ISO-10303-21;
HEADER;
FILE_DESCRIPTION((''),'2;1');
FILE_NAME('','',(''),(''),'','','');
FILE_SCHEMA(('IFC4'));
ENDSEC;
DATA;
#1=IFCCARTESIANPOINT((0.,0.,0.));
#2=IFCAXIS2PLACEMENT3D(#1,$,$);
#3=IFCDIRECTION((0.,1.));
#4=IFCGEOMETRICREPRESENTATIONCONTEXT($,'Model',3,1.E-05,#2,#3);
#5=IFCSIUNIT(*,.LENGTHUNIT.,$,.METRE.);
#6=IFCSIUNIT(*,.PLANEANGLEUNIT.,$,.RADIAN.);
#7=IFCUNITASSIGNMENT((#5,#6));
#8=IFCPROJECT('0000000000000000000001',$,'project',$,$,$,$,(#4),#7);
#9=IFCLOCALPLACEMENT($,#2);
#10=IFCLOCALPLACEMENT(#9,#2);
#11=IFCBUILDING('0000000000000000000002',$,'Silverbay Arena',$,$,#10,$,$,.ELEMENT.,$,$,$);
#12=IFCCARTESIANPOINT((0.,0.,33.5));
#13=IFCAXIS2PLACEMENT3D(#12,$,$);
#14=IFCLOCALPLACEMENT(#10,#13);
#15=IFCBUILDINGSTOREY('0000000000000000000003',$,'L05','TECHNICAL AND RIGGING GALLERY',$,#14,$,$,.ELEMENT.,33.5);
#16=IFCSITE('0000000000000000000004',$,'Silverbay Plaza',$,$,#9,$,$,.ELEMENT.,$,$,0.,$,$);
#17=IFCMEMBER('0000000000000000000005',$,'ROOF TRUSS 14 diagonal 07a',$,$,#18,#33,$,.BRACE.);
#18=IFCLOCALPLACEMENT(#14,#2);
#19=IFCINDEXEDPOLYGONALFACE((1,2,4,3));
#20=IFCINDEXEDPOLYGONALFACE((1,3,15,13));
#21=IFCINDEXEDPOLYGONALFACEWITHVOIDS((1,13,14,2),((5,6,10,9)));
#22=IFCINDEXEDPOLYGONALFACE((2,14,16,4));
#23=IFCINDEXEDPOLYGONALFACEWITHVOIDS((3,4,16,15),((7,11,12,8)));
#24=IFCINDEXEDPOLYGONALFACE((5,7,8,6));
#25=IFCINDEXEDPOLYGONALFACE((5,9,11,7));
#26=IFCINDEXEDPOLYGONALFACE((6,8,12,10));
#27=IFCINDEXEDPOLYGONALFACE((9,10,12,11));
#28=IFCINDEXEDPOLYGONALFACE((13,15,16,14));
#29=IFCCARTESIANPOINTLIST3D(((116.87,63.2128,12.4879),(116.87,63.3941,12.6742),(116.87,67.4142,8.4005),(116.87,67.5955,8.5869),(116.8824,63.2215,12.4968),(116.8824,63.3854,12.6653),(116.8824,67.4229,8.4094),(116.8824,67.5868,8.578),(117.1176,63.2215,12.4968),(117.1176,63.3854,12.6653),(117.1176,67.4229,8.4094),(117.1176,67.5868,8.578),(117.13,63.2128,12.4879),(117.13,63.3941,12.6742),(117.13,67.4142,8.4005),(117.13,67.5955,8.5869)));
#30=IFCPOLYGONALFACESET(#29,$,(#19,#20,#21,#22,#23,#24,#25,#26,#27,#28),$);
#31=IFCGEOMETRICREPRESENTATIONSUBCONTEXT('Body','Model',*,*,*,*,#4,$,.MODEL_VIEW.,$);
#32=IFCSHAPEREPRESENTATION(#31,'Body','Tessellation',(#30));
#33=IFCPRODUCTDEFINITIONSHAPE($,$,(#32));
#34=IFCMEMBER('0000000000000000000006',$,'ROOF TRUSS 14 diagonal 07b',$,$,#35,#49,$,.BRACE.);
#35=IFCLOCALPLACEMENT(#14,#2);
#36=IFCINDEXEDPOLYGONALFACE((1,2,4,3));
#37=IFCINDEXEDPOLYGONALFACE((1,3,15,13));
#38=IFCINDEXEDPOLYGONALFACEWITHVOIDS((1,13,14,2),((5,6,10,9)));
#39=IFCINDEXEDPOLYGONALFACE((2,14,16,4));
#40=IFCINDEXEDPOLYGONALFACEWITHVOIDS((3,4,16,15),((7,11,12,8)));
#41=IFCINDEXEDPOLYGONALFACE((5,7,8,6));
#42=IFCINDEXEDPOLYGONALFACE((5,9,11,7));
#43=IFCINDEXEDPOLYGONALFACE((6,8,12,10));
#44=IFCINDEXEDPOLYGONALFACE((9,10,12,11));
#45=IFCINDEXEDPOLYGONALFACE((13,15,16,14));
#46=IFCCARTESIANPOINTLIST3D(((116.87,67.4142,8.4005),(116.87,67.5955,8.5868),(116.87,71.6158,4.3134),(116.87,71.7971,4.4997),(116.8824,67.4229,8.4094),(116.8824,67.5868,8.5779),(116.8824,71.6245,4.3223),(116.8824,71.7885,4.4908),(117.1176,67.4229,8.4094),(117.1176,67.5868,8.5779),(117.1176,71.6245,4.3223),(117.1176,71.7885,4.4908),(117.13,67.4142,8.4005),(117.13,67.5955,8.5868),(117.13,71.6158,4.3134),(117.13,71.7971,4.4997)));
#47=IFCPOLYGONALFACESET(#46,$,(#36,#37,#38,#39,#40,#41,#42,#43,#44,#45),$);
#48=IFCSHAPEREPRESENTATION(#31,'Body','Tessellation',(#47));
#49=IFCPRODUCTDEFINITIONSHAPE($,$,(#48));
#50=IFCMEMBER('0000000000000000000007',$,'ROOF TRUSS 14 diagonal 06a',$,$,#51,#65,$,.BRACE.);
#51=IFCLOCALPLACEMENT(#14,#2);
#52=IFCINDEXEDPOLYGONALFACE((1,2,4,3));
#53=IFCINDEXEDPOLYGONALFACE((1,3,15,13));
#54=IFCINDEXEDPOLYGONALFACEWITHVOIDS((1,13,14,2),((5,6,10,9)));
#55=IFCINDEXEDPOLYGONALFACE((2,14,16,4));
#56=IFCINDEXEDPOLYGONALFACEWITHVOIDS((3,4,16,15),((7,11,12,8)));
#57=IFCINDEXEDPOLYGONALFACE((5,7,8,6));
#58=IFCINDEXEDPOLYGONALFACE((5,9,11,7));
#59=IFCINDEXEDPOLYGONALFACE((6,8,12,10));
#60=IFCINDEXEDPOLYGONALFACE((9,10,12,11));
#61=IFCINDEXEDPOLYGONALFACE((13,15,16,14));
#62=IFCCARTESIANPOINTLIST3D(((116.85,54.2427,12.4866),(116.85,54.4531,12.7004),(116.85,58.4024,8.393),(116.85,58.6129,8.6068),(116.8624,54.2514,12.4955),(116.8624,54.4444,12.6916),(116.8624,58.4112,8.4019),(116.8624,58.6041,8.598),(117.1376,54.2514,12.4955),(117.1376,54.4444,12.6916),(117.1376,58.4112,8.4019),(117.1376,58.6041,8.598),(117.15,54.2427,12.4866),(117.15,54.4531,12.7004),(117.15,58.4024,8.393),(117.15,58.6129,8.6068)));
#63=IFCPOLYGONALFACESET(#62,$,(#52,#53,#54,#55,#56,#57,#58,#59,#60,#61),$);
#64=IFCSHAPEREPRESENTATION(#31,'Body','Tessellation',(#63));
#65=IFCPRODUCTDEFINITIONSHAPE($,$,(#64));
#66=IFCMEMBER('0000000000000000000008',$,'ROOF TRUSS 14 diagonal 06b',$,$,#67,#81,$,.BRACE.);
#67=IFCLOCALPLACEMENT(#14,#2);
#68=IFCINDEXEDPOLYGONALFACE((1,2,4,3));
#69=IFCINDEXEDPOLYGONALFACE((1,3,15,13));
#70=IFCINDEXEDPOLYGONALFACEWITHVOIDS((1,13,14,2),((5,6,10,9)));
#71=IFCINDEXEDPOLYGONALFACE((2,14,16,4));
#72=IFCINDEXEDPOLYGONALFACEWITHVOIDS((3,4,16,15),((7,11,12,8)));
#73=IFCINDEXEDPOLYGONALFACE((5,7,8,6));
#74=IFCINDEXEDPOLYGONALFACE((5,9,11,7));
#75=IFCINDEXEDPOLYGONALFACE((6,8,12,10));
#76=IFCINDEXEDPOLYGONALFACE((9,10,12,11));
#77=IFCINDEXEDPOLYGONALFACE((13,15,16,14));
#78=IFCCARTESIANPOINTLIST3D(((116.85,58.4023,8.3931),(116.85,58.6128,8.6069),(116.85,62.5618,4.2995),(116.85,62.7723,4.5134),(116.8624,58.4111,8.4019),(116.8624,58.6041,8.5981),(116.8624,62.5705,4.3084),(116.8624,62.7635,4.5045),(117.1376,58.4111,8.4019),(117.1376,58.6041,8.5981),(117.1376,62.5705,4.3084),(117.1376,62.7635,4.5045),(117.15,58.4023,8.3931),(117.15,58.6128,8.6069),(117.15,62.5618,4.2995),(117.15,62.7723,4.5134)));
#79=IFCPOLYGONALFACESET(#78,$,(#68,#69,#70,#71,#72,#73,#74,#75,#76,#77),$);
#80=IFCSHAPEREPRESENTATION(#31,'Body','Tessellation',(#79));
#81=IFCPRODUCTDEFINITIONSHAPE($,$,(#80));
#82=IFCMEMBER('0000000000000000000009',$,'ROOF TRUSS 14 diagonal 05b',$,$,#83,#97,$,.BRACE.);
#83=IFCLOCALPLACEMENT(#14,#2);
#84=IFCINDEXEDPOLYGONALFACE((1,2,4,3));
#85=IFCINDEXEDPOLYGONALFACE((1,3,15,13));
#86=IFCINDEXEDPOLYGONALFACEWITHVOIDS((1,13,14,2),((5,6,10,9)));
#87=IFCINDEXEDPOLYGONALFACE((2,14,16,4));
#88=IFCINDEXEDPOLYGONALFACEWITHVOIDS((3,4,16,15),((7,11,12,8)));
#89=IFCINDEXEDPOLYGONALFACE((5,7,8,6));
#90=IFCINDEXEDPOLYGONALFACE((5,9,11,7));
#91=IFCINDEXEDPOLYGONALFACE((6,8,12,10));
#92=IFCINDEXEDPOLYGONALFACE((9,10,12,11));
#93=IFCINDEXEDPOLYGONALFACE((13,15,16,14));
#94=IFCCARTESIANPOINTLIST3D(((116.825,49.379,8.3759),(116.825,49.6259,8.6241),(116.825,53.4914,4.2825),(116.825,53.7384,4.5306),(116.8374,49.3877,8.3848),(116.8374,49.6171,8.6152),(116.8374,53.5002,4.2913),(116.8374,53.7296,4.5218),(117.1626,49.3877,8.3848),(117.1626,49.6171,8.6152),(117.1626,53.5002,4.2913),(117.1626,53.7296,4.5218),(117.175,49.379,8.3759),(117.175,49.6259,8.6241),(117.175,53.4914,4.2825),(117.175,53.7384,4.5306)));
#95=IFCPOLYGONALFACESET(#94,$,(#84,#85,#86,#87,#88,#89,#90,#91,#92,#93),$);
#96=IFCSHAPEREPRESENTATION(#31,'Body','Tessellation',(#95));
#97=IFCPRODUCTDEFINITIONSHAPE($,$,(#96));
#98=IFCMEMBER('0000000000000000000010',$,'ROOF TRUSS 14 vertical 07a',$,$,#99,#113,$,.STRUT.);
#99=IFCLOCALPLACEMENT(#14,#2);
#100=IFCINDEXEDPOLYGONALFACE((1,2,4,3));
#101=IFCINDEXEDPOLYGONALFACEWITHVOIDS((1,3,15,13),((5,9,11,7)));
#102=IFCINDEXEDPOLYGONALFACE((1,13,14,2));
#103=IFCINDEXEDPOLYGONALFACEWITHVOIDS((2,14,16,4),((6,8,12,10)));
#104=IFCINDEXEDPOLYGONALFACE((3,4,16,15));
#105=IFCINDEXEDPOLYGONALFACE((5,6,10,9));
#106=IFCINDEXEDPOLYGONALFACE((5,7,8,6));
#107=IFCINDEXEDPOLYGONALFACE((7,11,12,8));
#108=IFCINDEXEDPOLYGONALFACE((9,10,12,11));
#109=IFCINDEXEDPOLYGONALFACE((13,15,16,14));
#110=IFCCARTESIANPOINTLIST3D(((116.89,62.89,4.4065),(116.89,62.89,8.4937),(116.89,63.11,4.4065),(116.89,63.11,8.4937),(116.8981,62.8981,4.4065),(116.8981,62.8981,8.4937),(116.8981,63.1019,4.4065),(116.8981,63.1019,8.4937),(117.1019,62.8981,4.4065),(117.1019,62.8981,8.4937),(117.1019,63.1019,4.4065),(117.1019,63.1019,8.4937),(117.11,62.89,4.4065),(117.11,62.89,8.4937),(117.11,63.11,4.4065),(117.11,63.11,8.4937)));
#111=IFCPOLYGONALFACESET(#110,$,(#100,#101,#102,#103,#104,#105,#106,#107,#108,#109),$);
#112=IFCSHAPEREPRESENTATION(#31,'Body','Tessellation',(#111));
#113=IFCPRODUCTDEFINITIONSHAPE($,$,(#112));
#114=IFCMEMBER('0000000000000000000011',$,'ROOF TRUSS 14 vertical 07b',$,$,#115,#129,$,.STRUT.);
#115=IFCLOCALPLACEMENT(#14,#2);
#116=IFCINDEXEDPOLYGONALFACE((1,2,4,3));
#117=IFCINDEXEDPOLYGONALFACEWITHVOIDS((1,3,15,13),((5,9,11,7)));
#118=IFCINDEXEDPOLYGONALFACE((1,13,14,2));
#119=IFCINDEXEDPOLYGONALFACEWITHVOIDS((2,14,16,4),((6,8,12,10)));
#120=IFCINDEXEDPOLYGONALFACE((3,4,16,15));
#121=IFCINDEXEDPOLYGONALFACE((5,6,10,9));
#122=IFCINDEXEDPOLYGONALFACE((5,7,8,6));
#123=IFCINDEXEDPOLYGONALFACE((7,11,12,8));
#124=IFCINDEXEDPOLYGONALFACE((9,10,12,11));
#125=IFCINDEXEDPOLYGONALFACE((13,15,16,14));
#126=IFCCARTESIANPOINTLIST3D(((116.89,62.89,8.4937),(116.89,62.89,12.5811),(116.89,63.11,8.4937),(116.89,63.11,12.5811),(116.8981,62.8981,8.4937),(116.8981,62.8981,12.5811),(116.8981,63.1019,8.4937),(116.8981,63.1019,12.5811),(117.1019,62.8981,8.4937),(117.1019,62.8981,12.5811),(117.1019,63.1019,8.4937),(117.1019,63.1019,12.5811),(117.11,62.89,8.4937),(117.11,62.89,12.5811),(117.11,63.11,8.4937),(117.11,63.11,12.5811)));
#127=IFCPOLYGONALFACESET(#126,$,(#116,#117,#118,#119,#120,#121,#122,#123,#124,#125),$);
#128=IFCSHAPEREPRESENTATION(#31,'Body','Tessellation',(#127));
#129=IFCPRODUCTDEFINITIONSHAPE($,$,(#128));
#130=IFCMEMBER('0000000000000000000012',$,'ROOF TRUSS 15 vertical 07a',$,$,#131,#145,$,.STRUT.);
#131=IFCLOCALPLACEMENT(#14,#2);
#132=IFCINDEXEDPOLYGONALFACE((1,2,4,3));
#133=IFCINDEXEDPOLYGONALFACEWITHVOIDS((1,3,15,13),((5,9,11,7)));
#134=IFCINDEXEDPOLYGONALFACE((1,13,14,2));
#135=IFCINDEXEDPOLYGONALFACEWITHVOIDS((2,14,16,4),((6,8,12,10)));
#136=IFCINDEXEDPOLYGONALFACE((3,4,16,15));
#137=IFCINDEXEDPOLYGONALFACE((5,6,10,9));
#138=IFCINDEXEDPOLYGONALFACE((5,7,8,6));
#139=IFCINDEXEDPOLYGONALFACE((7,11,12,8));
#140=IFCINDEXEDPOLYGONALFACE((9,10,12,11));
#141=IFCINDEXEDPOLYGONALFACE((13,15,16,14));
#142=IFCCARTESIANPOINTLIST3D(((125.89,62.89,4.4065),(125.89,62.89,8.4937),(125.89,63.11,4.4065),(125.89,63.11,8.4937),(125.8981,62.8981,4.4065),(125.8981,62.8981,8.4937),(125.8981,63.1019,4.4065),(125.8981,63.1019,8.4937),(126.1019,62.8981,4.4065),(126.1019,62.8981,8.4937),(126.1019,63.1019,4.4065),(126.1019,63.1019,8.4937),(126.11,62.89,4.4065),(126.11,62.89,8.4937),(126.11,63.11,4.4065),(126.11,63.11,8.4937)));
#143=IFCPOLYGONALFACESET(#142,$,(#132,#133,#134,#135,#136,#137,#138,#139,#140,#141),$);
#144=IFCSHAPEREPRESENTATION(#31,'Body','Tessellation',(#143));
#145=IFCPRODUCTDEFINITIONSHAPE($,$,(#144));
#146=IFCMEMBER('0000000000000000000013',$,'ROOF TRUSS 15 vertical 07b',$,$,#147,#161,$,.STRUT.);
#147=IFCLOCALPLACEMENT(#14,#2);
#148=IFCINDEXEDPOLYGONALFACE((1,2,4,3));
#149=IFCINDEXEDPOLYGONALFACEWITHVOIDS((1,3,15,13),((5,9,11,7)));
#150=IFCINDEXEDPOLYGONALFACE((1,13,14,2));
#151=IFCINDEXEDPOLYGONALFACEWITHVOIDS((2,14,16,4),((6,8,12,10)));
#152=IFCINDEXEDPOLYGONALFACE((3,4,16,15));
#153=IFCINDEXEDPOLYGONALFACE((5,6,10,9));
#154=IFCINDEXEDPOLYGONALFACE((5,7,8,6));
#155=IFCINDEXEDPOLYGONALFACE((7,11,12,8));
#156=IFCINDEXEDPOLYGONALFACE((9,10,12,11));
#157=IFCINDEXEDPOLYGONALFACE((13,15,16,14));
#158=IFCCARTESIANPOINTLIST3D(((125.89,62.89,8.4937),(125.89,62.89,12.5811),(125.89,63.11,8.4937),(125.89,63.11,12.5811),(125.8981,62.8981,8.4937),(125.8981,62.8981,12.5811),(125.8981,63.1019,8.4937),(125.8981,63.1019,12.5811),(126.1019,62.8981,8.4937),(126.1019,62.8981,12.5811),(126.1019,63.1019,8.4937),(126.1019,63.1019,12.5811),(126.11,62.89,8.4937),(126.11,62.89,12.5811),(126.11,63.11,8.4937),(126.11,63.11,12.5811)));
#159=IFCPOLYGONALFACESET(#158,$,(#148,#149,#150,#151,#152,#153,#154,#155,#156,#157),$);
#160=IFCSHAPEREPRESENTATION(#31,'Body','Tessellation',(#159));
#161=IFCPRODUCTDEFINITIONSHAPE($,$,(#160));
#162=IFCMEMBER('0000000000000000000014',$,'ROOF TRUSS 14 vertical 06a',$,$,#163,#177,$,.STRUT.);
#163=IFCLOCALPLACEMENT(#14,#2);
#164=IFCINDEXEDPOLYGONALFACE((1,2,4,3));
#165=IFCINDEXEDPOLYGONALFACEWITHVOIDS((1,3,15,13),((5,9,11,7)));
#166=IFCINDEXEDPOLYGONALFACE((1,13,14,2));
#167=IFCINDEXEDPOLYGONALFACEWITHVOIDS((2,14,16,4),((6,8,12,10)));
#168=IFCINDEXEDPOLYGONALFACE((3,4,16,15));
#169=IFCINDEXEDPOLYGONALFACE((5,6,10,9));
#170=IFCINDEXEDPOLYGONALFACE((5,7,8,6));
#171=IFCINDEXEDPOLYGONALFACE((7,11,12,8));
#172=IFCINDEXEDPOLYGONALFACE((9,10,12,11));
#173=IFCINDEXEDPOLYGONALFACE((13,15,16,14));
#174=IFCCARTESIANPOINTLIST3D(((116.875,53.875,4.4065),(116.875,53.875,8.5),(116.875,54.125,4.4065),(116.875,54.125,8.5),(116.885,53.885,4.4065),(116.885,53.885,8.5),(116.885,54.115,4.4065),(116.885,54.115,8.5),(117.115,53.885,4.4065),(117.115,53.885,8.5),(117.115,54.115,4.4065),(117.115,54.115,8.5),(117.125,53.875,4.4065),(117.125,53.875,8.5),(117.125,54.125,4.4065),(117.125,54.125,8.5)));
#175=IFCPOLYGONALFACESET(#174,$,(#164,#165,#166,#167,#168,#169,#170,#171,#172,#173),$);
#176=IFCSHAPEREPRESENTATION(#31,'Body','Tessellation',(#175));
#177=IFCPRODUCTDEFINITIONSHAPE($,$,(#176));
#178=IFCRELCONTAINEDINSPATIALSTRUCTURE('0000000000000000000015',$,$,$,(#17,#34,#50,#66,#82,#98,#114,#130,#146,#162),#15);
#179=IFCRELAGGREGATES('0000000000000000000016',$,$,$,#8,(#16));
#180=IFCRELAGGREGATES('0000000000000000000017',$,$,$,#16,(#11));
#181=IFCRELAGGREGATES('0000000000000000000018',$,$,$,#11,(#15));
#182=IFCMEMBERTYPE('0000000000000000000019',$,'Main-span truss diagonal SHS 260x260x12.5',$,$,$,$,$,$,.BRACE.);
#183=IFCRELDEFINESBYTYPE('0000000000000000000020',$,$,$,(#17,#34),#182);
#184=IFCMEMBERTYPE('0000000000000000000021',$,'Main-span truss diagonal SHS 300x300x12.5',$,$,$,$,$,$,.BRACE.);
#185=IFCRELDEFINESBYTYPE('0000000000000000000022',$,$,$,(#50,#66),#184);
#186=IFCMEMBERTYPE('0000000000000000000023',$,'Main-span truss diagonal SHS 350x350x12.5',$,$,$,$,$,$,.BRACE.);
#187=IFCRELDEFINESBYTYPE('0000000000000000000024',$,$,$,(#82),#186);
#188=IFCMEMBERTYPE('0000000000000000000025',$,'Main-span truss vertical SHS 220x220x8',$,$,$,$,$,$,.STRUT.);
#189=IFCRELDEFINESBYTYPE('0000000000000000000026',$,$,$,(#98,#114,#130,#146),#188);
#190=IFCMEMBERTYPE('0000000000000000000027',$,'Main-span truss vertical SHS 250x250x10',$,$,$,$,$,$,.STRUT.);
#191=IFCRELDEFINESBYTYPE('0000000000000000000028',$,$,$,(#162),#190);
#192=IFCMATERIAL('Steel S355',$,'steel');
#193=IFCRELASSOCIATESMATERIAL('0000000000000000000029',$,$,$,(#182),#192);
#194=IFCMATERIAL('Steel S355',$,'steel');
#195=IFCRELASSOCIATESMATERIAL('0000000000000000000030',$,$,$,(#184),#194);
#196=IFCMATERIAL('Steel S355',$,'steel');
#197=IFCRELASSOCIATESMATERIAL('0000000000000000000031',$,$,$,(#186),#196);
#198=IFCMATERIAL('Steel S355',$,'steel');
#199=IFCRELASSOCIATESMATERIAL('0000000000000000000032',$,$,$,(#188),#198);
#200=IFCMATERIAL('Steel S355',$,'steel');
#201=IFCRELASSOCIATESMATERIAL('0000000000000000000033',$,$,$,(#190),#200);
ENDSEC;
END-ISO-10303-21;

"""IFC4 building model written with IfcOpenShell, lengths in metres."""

from ifc_helpers import new_model, si_unit, direction, frame, origin, origin_2d, place, context, subcontext, project, spatial, hollow_rectangle, extrude, material, material_profile, profile_set, type_object, element, save


model = new_model("IFC4")

# Units and contexts
model_context = context("Model", 3, precision=1e-05, world=origin(), true_north=direction((0.0, 1.0)))
body_context = subcontext(model_context, "Body", "Model", "MODEL_VIEW")
ifc_project = project(units=[si_unit("LENGTHUNIT", "METRE"), si_unit("PLANEANGLEUNIT", "RADIAN")], contexts=[model_context])

# Site, building, storey
site_placement = place(None, origin())
site = spatial("IfcSite", under=ifc_project, at=site_placement, Name="Silverbay Plaza", CompositionType="ELEMENT", RefElevation=0.0)
building_placement = place(site_placement, origin())
building = spatial("IfcBuilding", under=site, at=building_placement, Name="Silverbay Arena", CompositionType="ELEMENT")
storey_placement = place(building_placement, frame((0.0, 0.0, 33.5)))
storey = spatial("IfcBuildingStorey", under=building, at=storey_placement, Name="L05", Description="TECHNICAL AND RIGGING GALLERY", CompositionType="ELEMENT", Elevation=33.5)

# Members
ifc_material_1 = material(Name="Steel S355", Category="steel")
ifc_material_profile_1 = material_profile(ifc_material_1, hollow_rectangle(XDim=0.26, YDim=0.26, WallThickness=0.0125, at=origin_2d()), Name="SHS 260x260x12.5")
ifc_profile_set_1 = profile_set([ifc_material_profile_1], Name="Steel S355")
member_type_1 = type_object("IfcMemberType", Name="Main-span truss diagonal SHS 260x260x12.5", PredefinedType="BRACE", material=ifc_profile_set_1)
for number, where, z_axis, x_axis, name in (
    (1, (117.0, 63.3035, 12.5811), (0.0, 0.716765, -0.697314), (-1.0, 0.0, 0.0), "ROOF TRUSS 14 diagonal 07a"),
    (2, (117.0, 67.5049, 8.4937), (0.0, 0.716806, -0.697272), (-1.0, 0.0, 0.0), "ROOF TRUSS 14 diagonal 07b"),
):
    element("IfcMember", number, at=place(storey_placement, frame(where, z_axis=z_axis, x_axis=x_axis)), inside=storey, type_object=member_type_1, Name=name, PredefinedType="BRACE", context=body_context, shape_type="SweptSolid", body=[
        extrude(hollow_rectangle(XDim=0.26, YDim=0.26, WallThickness=0.0125, at=origin_2d()), origin(), (0.0, 0.0, 1.0), 5.8616),
    ])
ifc_material_2 = material(Name="Steel S355", Category="steel")
ifc_material_profile_2 = material_profile(ifc_material_2, hollow_rectangle(XDim=0.3, YDim=0.3, WallThickness=0.0125, at=origin_2d()), Name="SHS 300x300x12.5")
ifc_profile_set_2 = profile_set([ifc_material_profile_2], Name="Steel S355")
member_type_2 = type_object("IfcMemberType", Name="Main-span truss diagonal SHS 300x300x12.5", PredefinedType="BRACE", material=ifc_profile_set_2)
member_1_placement = place(storey_placement, frame((117.0, 54.3479, 12.5935), z_axis=(0.0, 0.712752, -0.701416), x_axis=(-1.0, 0.0, 0.0)))
element("IfcMember", 3, at=member_1_placement, inside=storey, type_object=member_type_2, Name="ROOF TRUSS 14 diagonal 06a", PredefinedType="BRACE", context=body_context, shape_type="SweptSolid", body=[
    extrude(hollow_rectangle(XDim=0.3, YDim=0.3, WallThickness=0.0125, at=origin_2d()), origin(), (0.0, 0.0, 1.0), 5.8362),
])
member_2_placement = place(storey_placement, frame((117.0, 58.5076, 8.5), z_axis=(0.0, 0.712732, -0.701437), x_axis=(-1.0, 0.0, 0.0)))
element("IfcMember", 4, at=member_2_placement, inside=storey, type_object=member_type_2, Name="ROOF TRUSS 14 diagonal 06b", PredefinedType="BRACE", context=body_context, shape_type="SweptSolid", body=[
    extrude(hollow_rectangle(XDim=0.3, YDim=0.3, WallThickness=0.0125, at=origin_2d()), origin(), (0.0, 0.0, 1.0), 5.8359),
])
ifc_material_3 = material(Name="Steel S355", Category="steel")
ifc_material_profile_3 = material_profile(ifc_material_3, hollow_rectangle(XDim=0.3501, YDim=0.3501, WallThickness=0.0125, at=origin_2d()), Name="SHS 350x350x12.5")
ifc_profile_set_3 = profile_set([ifc_material_profile_3], Name="Steel S355")
member_type_3 = type_object("IfcMemberType", Name="Main-span truss diagonal SHS 350x350x12.5", PredefinedType="BRACE", material=ifc_profile_set_3)
member_3_placement = place(storey_placement, frame((117.0, 49.5024, 8.5), z_axis=(0.0, 0.708746, -0.705464), x_axis=(-1.0, 0.0, 0.0)))
element("IfcMember", 5, at=member_3_placement, inside=storey, type_object=member_type_3, Name="ROOF TRUSS 14 diagonal 05b", PredefinedType="BRACE", context=body_context, shape_type="SweptSolid", body=[
    extrude(hollow_rectangle(XDim=0.3501, YDim=0.3501, WallThickness=0.0125, at=origin_2d()), origin(), (0.0, 0.0, 1.0), 5.8025),
])
ifc_material_4 = material(Name="Steel S355", Category="steel")
ifc_material_profile_4 = material_profile(ifc_material_4, hollow_rectangle(XDim=0.22, YDim=0.22, WallThickness=0.0081, at=origin_2d()), Name="SHS 220x220x8")
ifc_profile_set_4 = profile_set([ifc_material_profile_4], Name="Steel S355")
member_type_4 = type_object("IfcMemberType", Name="Main-span truss vertical SHS 220x220x8", PredefinedType="STRUT", material=ifc_profile_set_4)
member_4_placement = place(storey_placement, frame((117.0, 63.0, 4.4065), z_axis=(0.0, 0.0, 1.0), x_axis=(1.0, 0.0, 0.0)))
element("IfcMember", 6, at=member_4_placement, inside=storey, type_object=member_type_4, Name="ROOF TRUSS 14 vertical 07a", PredefinedType="STRUT", context=body_context, shape_type="SweptSolid", body=[
    extrude(hollow_rectangle(XDim=0.22, YDim=0.22, WallThickness=0.0081, at=origin_2d()), origin(), (0.0, 0.0, 1.0), 4.0872),
])
member_5_placement = place(storey_placement, frame((117.0, 63.0, 8.4937), z_axis=(0.0, 0.0, 1.0), x_axis=(1.0, 0.0, 0.0)))
element("IfcMember", 7, at=member_5_placement, inside=storey, type_object=member_type_4, Name="ROOF TRUSS 14 vertical 07b", PredefinedType="STRUT", context=body_context, shape_type="SweptSolid", body=[
    extrude(hollow_rectangle(XDim=0.22, YDim=0.22, WallThickness=0.0081, at=origin_2d()), origin(), (0.0, 0.0, 1.0), 4.0874),
])
member_6_placement = place(storey_placement, frame((126.0, 63.0, 4.4065), z_axis=(0.0, 0.0, 1.0), x_axis=(1.0, 0.0, 0.0)))
element("IfcMember", 8, at=member_6_placement, inside=storey, type_object=member_type_4, Name="ROOF TRUSS 15 vertical 07a", PredefinedType="STRUT", context=body_context, shape_type="SweptSolid", body=[
    extrude(hollow_rectangle(XDim=0.22, YDim=0.22, WallThickness=0.0081, at=origin_2d()), origin(), (0.0, 0.0, 1.0), 4.0872),
])
member_7_placement = place(storey_placement, frame((126.0, 63.0, 8.4937), z_axis=(0.0, 0.0, 1.0), x_axis=(1.0, 0.0, 0.0)))
element("IfcMember", 9, at=member_7_placement, inside=storey, type_object=member_type_4, Name="ROOF TRUSS 15 vertical 07b", PredefinedType="STRUT", context=body_context, shape_type="SweptSolid", body=[
    extrude(hollow_rectangle(XDim=0.22, YDim=0.22, WallThickness=0.0081, at=origin_2d()), origin(), (0.0, 0.0, 1.0), 4.0874),
])
ifc_material_5 = material(Name="Steel S355", Category="steel")
ifc_material_profile_5 = material_profile(ifc_material_5, hollow_rectangle(XDim=0.25, YDim=0.25, WallThickness=0.01, at=origin_2d()), Name="SHS 250x250x10")
ifc_profile_set_5 = profile_set([ifc_material_profile_5], Name="Steel S355")
member_type_5 = type_object("IfcMemberType", Name="Main-span truss vertical SHS 250x250x10", PredefinedType="STRUT", material=ifc_profile_set_5)
for number, where, z_axis, x_axis, name in (
    (10, (117.0, 54.0, 4.4065), (0.0, 0.0, 1.0), (1.0, 0.0, 0.0), "ROOF TRUSS 14 vertical 06a"),
):
    element("IfcMember", number, at=place(storey_placement, frame(where, z_axis=z_axis, x_axis=x_axis)), inside=storey, type_object=member_type_5, Name=name, PredefinedType="STRUT", context=body_context, shape_type="SweptSolid", body=[
        extrude(hollow_rectangle(XDim=0.25, YDim=0.25, WallThickness=0.01, at=origin_2d()), origin(), (0.0, 0.0, 1.0), 4.0935),
    ])

save(model, "model.ifc")
